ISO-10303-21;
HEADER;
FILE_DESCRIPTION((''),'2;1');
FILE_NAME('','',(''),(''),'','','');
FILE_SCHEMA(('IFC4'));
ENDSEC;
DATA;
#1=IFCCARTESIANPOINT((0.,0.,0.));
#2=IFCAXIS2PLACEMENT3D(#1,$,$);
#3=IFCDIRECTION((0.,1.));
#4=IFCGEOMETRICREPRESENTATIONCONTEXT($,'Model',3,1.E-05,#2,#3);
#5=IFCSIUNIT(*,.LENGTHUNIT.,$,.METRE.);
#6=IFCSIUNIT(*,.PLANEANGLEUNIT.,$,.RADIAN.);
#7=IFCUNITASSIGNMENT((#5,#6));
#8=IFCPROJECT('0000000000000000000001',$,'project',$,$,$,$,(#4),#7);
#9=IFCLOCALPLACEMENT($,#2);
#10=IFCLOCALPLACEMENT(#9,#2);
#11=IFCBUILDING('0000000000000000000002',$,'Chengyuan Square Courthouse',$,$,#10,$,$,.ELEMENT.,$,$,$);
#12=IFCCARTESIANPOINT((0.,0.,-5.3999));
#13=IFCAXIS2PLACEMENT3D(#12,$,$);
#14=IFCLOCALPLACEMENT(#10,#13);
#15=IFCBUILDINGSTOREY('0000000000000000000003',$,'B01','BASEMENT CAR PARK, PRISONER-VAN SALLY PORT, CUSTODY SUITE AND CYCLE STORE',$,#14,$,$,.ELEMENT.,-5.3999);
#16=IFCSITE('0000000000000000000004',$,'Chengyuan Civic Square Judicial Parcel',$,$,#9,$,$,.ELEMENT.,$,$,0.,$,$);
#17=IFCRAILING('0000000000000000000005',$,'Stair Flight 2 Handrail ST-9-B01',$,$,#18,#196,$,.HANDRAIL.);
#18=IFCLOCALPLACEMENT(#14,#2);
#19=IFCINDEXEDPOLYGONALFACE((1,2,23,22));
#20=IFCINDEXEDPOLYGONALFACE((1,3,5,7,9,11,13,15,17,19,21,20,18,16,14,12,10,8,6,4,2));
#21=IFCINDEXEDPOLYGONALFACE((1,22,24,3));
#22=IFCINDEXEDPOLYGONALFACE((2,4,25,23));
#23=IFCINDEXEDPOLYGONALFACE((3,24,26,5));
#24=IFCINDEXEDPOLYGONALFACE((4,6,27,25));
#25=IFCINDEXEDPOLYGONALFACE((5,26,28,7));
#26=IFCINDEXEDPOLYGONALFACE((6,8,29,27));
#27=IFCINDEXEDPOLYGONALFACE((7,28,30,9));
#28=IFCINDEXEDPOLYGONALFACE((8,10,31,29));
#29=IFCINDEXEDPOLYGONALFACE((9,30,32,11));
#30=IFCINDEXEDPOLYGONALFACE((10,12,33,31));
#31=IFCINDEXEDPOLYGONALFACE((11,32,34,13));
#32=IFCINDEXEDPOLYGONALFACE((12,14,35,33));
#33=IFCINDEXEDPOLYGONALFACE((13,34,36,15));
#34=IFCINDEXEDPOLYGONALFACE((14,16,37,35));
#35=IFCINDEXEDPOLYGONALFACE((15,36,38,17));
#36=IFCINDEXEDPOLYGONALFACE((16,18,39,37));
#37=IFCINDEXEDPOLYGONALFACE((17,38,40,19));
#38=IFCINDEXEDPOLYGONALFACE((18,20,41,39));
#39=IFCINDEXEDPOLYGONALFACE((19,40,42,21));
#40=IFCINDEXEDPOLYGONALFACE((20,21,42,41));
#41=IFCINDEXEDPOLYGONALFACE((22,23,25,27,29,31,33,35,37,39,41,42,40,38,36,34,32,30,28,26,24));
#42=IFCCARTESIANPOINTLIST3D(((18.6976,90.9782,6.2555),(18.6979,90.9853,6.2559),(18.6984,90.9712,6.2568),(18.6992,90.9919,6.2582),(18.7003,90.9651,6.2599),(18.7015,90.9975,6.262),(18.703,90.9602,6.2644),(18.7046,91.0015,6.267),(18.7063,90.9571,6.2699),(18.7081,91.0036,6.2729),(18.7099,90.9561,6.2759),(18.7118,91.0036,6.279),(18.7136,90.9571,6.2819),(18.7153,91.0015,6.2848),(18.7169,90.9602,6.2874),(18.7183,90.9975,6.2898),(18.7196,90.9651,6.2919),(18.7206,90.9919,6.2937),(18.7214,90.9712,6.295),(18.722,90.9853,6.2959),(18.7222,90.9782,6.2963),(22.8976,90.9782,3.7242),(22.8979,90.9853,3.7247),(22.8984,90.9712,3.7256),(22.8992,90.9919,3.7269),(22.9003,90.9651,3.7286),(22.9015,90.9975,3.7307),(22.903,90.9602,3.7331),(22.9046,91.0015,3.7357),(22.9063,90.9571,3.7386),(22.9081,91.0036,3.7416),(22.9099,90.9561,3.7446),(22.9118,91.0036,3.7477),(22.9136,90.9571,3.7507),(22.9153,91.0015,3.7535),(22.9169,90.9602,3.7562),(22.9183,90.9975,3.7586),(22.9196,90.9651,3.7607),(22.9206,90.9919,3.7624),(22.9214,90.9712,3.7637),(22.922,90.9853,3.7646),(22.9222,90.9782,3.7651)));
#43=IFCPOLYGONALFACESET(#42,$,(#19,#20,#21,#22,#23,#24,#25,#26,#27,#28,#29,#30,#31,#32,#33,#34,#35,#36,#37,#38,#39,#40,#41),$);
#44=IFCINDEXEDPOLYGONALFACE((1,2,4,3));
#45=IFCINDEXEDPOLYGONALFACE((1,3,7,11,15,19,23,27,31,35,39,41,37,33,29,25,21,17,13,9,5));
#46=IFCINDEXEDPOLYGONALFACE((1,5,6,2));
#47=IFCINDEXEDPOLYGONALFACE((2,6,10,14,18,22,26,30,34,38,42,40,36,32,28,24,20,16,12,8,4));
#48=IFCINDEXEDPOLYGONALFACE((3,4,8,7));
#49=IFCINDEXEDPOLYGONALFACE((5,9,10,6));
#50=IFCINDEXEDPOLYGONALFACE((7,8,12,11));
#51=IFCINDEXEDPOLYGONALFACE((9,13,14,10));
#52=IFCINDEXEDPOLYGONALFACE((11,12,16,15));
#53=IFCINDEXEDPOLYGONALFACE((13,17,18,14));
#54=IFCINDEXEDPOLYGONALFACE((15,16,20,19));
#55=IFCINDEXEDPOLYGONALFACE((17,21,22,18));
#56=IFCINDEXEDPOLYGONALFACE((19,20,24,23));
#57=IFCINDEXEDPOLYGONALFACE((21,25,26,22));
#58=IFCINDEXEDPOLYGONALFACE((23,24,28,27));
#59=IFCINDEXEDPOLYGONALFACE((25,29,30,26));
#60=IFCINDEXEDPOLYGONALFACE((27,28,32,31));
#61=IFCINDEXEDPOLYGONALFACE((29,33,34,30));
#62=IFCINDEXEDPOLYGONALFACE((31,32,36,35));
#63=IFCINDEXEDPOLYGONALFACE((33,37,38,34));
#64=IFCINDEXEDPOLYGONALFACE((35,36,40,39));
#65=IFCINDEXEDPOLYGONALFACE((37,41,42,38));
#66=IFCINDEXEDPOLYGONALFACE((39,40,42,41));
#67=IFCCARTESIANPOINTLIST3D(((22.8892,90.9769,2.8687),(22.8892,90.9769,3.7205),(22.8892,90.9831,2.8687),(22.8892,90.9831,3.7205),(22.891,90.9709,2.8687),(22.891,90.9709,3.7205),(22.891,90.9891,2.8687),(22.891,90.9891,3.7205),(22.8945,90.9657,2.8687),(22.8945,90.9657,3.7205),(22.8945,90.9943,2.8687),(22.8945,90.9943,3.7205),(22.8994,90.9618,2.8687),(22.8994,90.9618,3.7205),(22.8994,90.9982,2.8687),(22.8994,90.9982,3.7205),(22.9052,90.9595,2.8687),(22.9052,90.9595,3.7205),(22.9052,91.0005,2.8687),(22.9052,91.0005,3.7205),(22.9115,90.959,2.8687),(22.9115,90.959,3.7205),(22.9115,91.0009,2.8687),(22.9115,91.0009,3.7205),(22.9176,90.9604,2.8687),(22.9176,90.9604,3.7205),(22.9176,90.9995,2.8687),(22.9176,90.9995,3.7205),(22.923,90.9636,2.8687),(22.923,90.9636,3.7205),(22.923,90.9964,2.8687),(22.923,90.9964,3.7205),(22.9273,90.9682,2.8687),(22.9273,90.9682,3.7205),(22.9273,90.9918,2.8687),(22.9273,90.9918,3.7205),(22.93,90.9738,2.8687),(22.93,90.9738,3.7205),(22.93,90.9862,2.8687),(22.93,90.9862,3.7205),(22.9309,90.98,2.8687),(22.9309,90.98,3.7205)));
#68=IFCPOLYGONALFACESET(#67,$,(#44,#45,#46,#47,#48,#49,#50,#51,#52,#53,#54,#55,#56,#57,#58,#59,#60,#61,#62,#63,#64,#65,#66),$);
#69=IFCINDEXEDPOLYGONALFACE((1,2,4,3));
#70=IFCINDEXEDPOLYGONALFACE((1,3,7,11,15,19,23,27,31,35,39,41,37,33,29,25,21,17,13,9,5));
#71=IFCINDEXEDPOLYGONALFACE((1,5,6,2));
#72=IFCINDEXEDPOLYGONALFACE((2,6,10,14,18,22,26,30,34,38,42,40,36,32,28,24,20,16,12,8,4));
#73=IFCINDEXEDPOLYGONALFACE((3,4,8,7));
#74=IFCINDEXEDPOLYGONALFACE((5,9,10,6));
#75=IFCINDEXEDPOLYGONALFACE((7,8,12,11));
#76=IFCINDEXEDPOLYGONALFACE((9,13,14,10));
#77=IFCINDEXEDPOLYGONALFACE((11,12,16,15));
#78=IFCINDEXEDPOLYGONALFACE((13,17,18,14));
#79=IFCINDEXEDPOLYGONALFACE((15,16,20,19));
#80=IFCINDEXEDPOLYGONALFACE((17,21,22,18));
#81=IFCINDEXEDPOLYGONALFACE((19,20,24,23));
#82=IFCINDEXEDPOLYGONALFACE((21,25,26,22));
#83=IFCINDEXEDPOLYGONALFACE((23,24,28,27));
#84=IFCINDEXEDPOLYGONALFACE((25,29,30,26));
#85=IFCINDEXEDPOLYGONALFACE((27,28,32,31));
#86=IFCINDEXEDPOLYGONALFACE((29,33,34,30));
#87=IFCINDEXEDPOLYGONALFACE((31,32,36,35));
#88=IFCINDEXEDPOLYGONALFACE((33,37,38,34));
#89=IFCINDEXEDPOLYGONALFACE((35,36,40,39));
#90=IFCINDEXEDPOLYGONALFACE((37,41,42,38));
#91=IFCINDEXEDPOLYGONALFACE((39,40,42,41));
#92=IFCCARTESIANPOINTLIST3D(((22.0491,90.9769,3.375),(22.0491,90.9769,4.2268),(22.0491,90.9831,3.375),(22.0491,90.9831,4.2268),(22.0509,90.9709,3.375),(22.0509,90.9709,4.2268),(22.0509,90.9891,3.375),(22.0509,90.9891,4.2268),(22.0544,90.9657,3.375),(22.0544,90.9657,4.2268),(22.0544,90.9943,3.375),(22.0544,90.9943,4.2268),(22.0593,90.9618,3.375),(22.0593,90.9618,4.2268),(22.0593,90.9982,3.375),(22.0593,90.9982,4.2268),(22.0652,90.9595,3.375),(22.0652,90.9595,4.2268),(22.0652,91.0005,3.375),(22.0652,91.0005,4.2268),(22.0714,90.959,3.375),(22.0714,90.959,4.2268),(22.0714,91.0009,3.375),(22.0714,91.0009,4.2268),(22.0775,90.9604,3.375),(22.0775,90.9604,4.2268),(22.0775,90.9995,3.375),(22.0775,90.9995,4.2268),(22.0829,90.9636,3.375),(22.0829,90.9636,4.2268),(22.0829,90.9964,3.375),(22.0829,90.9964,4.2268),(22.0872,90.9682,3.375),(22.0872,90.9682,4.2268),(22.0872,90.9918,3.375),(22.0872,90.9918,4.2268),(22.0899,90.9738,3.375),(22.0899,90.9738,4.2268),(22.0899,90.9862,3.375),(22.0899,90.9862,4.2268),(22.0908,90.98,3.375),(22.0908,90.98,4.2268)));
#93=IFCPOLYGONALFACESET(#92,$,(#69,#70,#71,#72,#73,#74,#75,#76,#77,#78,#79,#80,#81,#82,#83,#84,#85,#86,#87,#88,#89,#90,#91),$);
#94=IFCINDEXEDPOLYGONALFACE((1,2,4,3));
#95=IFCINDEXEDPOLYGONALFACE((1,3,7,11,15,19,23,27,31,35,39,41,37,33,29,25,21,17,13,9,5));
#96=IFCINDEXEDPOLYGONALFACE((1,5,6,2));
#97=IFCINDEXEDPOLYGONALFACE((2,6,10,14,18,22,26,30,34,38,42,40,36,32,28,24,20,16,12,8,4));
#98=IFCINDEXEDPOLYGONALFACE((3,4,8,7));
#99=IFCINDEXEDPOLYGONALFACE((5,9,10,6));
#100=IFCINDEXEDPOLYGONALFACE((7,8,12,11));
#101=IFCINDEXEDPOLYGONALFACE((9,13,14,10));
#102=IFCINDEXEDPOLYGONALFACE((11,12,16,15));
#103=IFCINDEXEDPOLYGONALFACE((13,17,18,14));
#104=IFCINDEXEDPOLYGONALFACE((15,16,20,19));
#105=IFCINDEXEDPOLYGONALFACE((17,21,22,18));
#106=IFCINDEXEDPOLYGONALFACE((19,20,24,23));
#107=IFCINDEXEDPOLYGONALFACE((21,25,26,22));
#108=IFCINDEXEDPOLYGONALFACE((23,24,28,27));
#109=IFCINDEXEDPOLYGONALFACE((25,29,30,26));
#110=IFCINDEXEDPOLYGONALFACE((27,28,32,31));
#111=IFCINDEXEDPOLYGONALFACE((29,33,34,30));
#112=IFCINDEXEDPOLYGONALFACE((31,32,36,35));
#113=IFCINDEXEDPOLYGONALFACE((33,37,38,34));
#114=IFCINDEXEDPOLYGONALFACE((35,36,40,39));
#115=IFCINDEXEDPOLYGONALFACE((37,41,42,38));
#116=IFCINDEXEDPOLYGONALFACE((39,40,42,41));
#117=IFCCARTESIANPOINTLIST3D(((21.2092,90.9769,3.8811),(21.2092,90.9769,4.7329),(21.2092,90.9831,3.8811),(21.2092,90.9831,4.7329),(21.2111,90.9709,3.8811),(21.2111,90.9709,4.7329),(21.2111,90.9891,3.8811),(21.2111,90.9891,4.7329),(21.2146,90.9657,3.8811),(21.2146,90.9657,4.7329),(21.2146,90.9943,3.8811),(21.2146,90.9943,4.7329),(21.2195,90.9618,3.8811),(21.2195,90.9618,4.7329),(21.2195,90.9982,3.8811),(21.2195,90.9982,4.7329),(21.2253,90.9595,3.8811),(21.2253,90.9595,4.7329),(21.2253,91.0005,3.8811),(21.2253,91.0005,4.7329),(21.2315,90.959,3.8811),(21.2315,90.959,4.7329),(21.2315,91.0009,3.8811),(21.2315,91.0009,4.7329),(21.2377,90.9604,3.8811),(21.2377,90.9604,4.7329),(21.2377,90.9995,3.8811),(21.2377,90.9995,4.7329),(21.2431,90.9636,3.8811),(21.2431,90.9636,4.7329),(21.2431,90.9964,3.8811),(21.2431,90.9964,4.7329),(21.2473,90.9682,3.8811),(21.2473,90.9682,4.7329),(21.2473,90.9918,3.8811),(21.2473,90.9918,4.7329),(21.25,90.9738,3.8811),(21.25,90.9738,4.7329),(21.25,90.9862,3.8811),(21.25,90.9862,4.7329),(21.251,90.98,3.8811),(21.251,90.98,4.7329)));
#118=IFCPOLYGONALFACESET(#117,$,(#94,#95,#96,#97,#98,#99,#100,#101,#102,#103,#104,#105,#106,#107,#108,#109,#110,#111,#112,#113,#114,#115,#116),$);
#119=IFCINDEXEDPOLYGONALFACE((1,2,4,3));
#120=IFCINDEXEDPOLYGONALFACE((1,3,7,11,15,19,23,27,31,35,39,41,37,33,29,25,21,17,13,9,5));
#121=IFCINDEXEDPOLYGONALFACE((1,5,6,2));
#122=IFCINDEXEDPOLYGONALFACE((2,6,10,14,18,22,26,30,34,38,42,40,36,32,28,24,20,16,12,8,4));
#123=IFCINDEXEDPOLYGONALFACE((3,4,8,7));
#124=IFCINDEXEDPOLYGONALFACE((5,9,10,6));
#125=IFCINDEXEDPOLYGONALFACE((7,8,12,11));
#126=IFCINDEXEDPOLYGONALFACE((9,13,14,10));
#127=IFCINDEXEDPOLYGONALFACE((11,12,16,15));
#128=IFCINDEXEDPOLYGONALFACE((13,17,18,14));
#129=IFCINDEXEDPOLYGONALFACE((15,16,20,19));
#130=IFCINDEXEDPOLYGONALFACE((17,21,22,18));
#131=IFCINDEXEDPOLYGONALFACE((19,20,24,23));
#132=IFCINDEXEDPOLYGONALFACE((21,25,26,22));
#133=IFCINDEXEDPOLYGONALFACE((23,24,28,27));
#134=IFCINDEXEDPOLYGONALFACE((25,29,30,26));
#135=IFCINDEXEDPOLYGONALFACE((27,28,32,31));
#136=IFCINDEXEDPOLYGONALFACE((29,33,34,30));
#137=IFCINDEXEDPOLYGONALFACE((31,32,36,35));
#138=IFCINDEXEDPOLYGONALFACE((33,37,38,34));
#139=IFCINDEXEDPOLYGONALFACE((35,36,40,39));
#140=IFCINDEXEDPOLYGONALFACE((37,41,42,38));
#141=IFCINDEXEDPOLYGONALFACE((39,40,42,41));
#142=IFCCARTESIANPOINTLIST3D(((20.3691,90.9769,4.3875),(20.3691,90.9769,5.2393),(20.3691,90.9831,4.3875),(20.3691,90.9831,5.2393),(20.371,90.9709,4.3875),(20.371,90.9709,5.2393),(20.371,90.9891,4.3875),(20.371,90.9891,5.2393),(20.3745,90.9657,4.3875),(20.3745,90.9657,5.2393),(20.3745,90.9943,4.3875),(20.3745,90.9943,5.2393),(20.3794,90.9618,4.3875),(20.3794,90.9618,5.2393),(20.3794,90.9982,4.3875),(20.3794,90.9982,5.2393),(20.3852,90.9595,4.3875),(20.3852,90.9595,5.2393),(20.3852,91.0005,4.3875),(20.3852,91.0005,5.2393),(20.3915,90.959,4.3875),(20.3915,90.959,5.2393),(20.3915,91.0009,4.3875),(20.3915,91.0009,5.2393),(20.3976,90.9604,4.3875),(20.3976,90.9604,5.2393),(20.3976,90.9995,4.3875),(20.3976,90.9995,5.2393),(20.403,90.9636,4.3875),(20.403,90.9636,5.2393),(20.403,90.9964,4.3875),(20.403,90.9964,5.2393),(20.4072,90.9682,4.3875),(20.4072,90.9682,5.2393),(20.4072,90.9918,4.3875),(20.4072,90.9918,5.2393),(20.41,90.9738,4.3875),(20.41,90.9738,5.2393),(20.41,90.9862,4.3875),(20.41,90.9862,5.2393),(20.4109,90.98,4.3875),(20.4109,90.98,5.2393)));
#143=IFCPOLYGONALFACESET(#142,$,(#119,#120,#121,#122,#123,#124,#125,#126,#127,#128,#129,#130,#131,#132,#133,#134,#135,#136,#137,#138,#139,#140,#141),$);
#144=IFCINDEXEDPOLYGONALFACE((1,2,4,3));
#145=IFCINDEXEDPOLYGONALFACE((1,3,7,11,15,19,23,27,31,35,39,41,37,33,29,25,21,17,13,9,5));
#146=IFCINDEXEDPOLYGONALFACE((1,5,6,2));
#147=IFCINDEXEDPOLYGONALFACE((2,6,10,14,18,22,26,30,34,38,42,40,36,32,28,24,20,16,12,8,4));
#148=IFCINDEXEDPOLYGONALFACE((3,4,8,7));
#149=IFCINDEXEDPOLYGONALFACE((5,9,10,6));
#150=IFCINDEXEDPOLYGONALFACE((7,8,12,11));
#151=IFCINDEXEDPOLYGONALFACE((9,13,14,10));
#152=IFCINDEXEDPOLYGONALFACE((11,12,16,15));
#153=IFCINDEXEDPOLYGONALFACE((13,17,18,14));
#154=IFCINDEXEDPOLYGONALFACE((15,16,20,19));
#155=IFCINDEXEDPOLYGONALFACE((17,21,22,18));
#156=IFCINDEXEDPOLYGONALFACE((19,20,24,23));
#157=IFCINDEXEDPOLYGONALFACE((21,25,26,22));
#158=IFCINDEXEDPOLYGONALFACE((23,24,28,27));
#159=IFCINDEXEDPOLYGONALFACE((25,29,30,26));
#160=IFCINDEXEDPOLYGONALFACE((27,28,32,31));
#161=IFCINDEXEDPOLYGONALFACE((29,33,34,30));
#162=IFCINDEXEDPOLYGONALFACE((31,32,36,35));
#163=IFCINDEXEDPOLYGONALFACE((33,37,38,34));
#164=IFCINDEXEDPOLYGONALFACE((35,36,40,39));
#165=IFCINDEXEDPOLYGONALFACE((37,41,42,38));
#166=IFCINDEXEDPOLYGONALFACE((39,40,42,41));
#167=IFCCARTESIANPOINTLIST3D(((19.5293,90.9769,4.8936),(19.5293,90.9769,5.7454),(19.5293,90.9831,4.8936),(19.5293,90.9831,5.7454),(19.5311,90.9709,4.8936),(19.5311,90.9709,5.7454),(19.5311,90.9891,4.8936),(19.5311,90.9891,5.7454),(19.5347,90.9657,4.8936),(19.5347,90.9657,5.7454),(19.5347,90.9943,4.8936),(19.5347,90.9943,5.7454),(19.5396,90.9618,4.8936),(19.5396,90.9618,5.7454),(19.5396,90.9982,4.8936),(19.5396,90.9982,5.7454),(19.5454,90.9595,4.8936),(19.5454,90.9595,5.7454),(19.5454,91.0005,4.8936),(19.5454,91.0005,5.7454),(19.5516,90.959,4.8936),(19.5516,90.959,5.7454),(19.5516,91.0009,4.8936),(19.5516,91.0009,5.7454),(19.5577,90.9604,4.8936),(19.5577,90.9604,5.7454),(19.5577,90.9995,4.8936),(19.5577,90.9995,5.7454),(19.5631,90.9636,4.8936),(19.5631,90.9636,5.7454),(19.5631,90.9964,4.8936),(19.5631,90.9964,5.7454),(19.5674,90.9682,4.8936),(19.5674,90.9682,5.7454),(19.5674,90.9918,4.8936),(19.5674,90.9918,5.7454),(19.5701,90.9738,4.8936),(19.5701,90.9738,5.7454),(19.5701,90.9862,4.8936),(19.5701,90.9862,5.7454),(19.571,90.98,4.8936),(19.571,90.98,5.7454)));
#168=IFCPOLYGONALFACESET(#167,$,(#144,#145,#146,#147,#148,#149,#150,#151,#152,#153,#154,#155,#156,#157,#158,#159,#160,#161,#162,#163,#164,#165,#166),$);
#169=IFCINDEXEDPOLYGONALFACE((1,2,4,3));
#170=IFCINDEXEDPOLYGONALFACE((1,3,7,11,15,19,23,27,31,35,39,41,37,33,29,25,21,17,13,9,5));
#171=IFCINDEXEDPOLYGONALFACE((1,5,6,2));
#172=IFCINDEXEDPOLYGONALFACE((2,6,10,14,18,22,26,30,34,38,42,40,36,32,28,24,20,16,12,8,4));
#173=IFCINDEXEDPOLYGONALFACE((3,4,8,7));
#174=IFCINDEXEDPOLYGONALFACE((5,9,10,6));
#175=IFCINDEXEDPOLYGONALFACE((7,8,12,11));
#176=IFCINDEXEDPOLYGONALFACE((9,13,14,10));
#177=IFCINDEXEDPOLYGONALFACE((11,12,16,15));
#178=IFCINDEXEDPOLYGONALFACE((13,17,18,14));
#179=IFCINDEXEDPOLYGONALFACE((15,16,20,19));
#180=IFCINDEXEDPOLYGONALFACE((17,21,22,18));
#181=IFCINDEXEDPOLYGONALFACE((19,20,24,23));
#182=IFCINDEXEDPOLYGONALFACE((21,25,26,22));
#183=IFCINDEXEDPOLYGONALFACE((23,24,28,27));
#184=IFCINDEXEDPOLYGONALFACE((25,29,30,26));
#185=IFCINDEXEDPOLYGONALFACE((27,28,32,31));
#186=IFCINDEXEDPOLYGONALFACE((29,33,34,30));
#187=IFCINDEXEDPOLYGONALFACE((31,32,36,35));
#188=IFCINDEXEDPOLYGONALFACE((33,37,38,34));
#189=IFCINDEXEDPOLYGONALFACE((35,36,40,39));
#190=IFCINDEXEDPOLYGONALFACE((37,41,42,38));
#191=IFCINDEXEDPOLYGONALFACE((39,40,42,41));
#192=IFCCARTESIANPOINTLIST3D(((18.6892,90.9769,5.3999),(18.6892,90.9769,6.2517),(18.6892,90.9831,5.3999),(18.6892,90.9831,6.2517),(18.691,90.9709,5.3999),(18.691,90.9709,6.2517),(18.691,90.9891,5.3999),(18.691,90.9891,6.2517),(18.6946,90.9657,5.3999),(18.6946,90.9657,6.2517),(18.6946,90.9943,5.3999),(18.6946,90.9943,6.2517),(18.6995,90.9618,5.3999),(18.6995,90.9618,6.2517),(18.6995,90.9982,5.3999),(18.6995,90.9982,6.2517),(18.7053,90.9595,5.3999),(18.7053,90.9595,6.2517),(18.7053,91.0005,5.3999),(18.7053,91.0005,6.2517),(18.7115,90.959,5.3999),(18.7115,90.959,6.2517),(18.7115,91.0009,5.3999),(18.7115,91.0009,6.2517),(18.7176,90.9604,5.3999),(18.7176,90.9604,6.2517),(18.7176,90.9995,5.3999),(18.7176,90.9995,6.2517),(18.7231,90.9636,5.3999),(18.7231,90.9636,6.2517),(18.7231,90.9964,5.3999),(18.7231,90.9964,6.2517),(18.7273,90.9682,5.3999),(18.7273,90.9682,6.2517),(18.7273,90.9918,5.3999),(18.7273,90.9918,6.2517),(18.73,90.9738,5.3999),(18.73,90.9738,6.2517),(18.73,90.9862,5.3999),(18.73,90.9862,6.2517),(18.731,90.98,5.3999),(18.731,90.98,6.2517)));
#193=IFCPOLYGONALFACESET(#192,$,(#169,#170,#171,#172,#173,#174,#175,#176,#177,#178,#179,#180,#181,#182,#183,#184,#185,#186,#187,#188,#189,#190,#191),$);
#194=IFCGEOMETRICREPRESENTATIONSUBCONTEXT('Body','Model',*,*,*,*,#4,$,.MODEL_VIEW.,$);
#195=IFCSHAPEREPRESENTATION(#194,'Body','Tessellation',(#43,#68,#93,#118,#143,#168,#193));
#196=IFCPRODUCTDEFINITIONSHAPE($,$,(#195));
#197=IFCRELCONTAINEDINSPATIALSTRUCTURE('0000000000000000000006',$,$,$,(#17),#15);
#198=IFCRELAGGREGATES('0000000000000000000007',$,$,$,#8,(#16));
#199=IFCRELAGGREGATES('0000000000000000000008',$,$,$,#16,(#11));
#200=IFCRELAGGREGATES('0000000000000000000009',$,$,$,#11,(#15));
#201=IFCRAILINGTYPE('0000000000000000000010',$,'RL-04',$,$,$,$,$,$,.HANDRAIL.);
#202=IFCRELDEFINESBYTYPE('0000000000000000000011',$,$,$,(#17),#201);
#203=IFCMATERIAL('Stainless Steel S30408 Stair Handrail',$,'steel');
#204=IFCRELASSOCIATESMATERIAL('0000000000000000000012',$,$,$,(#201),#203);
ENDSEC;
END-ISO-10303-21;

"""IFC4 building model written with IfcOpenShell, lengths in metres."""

from ifc_helpers import new_model, si_unit, direction, frame, origin, origin_2d, place, context, subcontext, project, spatial, circle, extrude, material, type_object, element, save


model = new_model("IFC4")

# Units and contexts
model_context = context("Model", 3, precision=1e-05, world=origin(), true_north=direction((0.0, 1.0)))
body_context = subcontext(model_context, "Body", "Model", "MODEL_VIEW")
ifc_project = project(units=[si_unit("LENGTHUNIT", "METRE"), si_unit("PLANEANGLEUNIT", "RADIAN")], contexts=[model_context])

# Site, building, storey
site_placement = place(None, origin())
site = spatial("IfcSite", under=ifc_project, at=site_placement, Name="Chengyuan Civic Square Judicial Parcel", CompositionType="ELEMENT", RefElevation=0.0)
building_placement = place(site_placement, origin())
building = spatial("IfcBuilding", under=site, at=building_placement, Name="Chengyuan Square Courthouse", CompositionType="ELEMENT")
storey_placement = place(building_placement, frame((0.0, 0.0, -5.3999)))
storey = spatial("IfcBuildingStorey", under=building, at=storey_placement, Name="B01", Description="BASEMENT CAR PARK, PRISONER-VAN SALLY PORT, CUSTODY SUITE AND CYCLE STORE", CompositionType="ELEMENT", Elevation=-5.3999)

# Railing
ifc_material_1 = material(Name="Stainless Steel S30408 Stair Handrail", Category="steel")
railing_type_1 = type_object("IfcRailingType", Name="RL-04", PredefinedType="HANDRAIL", material=ifc_material_1)
railing_1_placement = place(storey_placement, frame((22.9099, 90.98, 2.8687)))
element("IfcRailing", 1, at=railing_1_placement, inside=storey, type_object=railing_type_1, Name="Stair Flight 2 Handrail ST-9-B01", PredefinedType="HANDRAIL", context=body_context, shape_type="SweptSolid", body=[
    extrude(circle(Radius=0.0239, at=origin_2d()), frame((0.0, 0.0, 0.876), z_axis=(-0.856476, 0.0, 0.516186), x_axis=(0.0, -1.0, 0.0)), (0.0, 0.0, 1.0), 4.9038),
    extrude(circle(Radius=0.021, at=origin_2d()), origin(), (0.0, 0.0, 1.0), 0.8518),
    extrude(circle(Radius=0.021, at=origin_2d()), frame((-0.8401, 0.0, 0.5063)), (0.0, 0.0, 1.0), 0.8518),
    extrude(circle(Radius=0.021, at=origin_2d()), frame((-1.6799, 0.0, 1.0125)), (0.0, 0.0, 1.0), 0.8518),
    extrude(circle(Radius=0.021, at=origin_2d()), frame((-2.52, 0.0, 1.5188)), (0.0, 0.0, 1.0), 0.8518),
    extrude(circle(Radius=0.021, at=origin_2d()), frame((-3.3599, 0.0, 2.0249)), (0.0, 0.0, 1.0), 0.8518),
    extrude(circle(Radius=0.021, at=origin_2d()), frame((-4.2, 0.0, 2.5312)), (0.0, 0.0, 1.0), 0.8518),
])

save(model, "model.ifc")
